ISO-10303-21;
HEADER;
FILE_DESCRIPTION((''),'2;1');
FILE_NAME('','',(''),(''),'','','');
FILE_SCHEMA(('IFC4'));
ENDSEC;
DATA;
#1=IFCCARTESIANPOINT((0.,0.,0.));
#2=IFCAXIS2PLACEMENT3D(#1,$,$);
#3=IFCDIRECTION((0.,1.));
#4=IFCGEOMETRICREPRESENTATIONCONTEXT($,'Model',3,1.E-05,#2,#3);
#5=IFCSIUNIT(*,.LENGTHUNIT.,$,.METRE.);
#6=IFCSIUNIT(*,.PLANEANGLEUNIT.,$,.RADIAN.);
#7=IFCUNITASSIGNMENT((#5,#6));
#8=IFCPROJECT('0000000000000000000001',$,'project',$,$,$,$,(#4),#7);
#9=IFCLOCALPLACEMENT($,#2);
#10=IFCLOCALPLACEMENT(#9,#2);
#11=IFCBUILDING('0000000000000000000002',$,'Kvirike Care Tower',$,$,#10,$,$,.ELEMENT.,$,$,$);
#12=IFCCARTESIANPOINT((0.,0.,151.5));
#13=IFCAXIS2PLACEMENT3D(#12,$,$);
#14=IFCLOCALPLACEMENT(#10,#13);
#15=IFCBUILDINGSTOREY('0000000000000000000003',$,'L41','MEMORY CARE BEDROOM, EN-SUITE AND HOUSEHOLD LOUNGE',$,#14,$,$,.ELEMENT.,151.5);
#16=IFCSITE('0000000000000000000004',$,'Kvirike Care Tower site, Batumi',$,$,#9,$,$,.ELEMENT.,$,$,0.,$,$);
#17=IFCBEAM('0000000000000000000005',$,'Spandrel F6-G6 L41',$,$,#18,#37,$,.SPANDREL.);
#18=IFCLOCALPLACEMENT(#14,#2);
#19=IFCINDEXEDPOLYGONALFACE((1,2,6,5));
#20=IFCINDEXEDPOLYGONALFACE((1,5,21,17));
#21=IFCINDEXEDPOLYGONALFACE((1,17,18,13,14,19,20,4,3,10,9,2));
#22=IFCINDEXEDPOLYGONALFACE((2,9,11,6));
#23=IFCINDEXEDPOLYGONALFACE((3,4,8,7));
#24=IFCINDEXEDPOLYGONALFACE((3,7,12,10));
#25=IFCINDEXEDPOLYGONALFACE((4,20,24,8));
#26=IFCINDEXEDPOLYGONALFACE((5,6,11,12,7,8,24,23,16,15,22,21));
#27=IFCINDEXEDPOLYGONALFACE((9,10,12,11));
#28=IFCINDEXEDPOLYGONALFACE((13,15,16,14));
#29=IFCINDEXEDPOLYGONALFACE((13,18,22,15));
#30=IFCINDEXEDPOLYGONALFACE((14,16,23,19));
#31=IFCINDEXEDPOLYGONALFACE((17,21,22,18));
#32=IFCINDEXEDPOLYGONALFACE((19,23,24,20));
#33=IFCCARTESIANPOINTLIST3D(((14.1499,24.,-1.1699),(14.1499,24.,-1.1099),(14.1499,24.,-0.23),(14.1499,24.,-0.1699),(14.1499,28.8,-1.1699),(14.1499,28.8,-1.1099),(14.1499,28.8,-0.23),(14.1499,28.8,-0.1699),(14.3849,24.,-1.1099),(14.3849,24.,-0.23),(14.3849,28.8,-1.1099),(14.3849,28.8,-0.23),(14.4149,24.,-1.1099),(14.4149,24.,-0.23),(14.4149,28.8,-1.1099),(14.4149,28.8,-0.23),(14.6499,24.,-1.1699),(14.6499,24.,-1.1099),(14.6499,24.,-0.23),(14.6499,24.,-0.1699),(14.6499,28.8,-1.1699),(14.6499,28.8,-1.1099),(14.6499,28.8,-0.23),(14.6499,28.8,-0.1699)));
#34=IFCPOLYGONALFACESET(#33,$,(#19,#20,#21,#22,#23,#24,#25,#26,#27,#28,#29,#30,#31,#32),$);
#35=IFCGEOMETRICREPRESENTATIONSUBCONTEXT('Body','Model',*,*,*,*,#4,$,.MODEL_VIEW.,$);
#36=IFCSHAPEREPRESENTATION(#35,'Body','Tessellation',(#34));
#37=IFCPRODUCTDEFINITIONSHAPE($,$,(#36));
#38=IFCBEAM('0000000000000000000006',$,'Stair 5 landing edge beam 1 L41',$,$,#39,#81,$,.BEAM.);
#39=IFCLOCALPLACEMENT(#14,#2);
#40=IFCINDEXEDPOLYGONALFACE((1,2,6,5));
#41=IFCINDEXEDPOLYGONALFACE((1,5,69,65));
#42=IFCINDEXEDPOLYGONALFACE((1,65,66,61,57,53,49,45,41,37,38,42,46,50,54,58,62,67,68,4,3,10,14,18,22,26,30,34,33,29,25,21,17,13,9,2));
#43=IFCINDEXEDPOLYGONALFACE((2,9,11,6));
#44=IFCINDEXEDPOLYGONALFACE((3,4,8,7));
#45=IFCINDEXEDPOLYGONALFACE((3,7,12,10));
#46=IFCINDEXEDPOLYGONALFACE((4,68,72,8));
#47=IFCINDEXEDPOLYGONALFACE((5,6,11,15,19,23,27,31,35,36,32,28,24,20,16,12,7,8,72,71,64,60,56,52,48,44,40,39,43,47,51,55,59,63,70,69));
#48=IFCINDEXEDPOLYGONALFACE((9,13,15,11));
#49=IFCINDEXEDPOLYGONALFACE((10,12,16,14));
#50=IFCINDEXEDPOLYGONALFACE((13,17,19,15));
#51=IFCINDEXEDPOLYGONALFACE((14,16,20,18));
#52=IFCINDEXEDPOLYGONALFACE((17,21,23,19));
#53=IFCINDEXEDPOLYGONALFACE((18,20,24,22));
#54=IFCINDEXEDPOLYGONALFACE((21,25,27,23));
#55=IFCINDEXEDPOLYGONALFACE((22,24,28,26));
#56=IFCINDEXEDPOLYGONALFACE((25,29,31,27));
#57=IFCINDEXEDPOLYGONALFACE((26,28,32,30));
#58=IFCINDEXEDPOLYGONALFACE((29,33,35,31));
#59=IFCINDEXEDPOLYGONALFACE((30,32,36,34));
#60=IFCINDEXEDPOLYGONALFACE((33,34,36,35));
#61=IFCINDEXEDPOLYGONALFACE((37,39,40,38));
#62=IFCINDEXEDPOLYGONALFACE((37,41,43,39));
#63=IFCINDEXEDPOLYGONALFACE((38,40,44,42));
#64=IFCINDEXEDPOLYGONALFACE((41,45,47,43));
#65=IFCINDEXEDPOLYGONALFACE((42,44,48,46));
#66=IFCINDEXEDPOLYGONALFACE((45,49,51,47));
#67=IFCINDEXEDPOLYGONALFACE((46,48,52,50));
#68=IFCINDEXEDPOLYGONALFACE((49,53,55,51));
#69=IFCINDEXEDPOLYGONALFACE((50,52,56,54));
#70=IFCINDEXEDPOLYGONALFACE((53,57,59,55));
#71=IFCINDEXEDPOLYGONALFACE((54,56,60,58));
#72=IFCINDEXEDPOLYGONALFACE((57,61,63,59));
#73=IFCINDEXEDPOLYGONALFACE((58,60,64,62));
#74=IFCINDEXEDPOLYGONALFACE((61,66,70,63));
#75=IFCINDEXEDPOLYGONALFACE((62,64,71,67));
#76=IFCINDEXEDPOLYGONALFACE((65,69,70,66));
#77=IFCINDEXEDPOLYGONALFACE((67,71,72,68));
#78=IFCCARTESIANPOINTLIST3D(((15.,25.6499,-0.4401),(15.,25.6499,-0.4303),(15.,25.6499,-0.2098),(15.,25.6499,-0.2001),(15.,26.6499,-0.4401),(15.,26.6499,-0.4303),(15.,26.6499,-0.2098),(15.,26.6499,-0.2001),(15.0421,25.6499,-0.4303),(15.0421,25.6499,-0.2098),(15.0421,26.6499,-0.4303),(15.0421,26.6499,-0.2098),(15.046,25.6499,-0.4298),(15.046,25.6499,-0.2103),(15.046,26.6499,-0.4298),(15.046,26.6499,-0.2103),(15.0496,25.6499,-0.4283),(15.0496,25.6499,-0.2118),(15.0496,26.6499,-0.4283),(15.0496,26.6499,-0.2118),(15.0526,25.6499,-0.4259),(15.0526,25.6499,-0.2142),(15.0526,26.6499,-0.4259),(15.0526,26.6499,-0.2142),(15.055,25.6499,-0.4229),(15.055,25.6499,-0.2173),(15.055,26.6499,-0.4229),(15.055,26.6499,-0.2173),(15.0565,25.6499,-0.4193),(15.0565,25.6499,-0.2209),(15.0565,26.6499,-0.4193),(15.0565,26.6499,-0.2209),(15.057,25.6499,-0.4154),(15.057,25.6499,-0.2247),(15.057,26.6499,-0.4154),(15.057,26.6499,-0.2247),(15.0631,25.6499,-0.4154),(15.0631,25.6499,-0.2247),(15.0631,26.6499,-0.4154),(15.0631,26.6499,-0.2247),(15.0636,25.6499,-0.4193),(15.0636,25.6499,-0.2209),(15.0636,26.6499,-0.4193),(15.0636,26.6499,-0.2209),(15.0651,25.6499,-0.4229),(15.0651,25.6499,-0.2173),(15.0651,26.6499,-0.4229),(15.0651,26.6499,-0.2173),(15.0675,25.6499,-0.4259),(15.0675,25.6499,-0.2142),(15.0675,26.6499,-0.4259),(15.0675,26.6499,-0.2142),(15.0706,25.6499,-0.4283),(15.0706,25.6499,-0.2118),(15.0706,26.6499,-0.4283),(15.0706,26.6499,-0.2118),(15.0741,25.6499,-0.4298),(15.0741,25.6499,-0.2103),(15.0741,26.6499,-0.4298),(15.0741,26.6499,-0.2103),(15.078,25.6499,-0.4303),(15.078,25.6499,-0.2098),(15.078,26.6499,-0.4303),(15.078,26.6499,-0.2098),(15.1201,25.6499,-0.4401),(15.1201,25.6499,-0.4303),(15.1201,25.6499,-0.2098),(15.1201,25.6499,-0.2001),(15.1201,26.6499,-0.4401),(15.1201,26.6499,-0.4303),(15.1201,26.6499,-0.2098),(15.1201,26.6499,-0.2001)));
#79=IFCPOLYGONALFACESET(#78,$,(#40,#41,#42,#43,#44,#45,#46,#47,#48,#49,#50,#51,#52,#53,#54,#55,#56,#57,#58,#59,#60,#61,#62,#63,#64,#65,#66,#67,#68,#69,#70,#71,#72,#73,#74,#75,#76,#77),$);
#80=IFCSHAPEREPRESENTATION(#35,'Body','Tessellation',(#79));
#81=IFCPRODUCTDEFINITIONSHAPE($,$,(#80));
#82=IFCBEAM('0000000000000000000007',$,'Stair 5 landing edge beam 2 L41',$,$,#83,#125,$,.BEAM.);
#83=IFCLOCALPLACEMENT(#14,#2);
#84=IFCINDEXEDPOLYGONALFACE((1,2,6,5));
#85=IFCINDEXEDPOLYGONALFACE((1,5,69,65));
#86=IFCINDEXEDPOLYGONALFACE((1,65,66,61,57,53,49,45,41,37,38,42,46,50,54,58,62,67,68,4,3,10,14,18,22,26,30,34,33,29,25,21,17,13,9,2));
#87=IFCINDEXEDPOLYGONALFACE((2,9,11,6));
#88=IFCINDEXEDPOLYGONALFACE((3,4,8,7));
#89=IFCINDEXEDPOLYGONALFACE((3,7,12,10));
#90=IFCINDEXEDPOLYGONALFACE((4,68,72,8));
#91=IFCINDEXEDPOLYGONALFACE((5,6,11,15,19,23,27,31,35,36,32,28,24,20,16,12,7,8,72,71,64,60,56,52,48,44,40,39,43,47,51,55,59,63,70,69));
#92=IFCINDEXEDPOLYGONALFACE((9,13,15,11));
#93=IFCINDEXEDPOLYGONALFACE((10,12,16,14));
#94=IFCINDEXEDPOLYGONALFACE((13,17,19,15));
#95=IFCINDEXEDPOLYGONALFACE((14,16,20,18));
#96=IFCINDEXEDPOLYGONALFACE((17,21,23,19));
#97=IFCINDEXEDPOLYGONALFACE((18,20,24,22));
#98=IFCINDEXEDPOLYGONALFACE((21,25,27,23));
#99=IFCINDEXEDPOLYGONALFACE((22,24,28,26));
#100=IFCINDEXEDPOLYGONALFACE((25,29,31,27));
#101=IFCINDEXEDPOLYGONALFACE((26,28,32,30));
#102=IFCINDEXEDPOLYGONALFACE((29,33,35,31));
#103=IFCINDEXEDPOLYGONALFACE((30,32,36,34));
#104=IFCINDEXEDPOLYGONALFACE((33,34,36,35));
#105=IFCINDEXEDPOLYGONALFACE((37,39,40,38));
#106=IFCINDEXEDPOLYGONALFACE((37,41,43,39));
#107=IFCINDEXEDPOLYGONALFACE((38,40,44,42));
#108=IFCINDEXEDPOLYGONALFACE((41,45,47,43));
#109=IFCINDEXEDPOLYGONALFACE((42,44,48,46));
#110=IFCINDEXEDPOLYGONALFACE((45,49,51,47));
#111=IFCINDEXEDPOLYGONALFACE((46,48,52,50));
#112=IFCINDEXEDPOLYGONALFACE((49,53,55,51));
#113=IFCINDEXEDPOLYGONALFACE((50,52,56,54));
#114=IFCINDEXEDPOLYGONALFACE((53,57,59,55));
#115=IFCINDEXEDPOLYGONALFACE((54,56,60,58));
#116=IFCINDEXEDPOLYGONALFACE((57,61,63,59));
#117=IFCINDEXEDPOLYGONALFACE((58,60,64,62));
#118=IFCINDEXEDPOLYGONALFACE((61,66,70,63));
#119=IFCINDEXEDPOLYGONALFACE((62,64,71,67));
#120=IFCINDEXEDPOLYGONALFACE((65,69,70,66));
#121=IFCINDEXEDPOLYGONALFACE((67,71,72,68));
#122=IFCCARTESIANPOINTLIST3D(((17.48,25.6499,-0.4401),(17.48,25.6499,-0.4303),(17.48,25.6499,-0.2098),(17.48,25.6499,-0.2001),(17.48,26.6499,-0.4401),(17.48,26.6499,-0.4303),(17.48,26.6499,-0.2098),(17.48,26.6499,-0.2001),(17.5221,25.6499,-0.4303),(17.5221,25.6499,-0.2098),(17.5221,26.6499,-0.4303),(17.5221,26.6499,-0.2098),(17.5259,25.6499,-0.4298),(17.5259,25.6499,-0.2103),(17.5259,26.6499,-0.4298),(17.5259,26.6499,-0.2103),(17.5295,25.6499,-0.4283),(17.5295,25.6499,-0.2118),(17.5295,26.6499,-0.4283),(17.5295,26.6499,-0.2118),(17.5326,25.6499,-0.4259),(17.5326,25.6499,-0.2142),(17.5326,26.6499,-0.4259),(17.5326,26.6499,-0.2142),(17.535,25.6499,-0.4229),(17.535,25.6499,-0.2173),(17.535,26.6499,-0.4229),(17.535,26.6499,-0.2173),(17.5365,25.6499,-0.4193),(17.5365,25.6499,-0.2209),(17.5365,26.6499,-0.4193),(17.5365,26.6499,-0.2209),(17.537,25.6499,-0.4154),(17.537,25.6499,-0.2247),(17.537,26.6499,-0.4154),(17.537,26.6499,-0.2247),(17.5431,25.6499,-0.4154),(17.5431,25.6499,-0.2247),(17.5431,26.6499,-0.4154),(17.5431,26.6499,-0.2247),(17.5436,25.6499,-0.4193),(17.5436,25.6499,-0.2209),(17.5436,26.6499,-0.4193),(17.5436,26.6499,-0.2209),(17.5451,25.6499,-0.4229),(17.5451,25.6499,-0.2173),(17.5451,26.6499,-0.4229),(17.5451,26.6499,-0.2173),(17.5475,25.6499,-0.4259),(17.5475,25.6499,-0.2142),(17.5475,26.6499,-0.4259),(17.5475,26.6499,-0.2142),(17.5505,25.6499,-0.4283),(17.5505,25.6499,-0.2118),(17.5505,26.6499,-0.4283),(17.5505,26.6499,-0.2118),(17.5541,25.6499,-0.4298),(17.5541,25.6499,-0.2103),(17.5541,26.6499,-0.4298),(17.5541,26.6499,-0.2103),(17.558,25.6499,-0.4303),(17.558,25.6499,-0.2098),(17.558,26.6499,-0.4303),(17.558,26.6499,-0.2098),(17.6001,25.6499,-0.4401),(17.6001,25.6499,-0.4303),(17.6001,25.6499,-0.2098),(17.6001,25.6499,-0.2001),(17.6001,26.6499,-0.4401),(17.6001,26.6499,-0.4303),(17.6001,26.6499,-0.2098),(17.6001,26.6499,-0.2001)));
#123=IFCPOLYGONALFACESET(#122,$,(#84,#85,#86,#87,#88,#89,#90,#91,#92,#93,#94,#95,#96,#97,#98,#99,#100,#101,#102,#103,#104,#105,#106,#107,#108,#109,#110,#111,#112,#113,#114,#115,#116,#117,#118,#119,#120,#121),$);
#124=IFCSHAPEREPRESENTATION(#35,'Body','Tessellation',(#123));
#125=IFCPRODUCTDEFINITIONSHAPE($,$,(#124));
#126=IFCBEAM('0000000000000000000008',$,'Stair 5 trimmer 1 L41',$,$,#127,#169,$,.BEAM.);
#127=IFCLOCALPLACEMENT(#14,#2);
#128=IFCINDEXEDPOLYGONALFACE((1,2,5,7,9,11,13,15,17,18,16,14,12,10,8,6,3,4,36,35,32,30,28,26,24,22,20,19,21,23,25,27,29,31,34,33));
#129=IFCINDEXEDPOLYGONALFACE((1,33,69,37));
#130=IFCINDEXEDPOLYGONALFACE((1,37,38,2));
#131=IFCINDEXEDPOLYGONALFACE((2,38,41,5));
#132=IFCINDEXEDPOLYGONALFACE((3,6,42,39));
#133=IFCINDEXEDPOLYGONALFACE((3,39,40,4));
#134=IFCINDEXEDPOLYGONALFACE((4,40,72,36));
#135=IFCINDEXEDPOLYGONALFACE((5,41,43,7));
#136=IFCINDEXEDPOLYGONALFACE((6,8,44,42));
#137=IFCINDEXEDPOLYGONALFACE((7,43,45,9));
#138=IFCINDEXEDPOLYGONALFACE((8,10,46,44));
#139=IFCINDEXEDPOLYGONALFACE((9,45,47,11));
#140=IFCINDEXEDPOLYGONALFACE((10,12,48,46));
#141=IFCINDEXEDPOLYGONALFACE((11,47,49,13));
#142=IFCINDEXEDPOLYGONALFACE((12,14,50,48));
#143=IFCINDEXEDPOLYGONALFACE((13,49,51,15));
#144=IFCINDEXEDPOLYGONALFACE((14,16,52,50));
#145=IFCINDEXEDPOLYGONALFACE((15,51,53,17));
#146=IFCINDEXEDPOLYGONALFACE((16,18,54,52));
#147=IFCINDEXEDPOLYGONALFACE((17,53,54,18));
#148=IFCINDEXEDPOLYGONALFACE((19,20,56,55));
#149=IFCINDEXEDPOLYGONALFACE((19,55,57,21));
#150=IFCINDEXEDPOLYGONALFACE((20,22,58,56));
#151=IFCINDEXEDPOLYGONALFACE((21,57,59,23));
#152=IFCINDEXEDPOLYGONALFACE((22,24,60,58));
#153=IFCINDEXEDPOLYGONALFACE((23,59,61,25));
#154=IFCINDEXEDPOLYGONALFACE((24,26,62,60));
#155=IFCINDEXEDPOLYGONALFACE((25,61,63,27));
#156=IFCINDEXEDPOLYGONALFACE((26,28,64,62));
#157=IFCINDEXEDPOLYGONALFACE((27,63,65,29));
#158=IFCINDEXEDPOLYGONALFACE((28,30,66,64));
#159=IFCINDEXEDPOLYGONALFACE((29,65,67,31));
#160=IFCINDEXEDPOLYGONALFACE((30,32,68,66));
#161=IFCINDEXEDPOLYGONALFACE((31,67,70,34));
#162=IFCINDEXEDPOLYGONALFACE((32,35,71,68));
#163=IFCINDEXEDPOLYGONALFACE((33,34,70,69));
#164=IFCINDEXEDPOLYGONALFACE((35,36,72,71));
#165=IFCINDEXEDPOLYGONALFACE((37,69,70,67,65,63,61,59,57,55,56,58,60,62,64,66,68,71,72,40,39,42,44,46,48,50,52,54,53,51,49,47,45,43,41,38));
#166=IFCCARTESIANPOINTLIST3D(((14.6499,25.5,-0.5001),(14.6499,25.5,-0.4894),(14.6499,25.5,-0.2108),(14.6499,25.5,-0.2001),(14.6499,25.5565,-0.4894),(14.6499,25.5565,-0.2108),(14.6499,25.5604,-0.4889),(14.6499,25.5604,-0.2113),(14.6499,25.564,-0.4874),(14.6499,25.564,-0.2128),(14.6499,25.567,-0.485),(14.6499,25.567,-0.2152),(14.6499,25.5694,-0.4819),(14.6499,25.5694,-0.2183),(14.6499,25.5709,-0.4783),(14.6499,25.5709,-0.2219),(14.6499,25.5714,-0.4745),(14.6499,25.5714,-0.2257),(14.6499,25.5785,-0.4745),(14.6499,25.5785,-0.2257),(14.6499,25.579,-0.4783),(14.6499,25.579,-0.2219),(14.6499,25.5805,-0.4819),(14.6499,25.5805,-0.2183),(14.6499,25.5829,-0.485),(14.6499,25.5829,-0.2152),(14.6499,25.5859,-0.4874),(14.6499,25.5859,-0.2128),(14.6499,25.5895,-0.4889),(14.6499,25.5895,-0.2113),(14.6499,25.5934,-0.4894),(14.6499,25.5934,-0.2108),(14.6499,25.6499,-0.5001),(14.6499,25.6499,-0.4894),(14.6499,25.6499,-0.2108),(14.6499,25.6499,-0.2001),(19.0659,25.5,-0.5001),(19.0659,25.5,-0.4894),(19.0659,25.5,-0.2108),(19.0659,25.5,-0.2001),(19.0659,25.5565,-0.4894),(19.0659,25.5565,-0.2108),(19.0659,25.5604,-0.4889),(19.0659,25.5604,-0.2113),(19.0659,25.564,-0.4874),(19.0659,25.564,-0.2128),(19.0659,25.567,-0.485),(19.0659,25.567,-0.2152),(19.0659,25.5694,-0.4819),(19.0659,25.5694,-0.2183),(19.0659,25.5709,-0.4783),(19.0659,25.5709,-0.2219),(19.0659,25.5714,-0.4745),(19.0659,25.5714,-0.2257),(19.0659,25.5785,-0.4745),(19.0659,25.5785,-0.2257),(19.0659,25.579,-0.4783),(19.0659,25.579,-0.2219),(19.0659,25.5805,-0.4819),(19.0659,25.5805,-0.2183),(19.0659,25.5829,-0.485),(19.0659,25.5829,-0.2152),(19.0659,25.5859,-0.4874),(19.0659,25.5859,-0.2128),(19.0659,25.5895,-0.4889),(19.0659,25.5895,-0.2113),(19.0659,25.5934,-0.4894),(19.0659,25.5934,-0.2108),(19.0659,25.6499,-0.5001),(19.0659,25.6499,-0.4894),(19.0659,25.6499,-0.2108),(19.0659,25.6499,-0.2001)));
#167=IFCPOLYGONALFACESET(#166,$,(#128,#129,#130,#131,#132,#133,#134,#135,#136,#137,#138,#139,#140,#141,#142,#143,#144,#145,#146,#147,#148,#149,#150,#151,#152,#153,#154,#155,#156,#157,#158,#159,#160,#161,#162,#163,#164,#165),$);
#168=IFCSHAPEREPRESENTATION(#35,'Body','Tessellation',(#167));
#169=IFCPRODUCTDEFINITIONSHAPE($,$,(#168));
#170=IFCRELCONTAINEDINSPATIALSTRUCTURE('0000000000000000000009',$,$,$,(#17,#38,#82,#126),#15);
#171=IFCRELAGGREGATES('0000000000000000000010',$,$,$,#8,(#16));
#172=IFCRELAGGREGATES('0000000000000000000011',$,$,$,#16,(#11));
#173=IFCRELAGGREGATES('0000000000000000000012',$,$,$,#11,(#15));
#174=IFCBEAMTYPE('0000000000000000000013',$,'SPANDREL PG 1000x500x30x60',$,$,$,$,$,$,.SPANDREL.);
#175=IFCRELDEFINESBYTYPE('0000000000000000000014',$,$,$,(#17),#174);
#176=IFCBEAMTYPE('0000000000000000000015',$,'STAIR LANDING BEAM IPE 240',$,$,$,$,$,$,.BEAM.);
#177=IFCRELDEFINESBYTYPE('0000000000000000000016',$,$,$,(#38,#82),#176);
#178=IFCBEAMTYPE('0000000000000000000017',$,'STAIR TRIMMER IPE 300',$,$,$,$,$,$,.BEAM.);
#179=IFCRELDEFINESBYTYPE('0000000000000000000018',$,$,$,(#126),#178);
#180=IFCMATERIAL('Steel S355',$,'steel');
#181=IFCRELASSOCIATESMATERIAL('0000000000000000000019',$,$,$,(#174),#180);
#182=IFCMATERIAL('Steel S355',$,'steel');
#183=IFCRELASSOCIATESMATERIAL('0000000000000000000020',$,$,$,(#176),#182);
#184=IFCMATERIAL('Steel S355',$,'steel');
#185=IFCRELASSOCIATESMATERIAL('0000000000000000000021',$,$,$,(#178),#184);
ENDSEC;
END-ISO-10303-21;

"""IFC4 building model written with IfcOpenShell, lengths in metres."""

from ifc_helpers import new_model, si_unit, direction, frame, origin, origin_2d, place, context, subcontext, project, spatial, i_section, extrude, material, material_profile, profile_set, type_object, element, save


model = new_model("IFC4")

# Units and contexts
model_context = context("Model", 3, precision=1e-05, world=origin(), true_north=direction((0.0, 1.0)))
body_context = subcontext(model_context, "Body", "Model", "MODEL_VIEW")
ifc_project = project(units=[si_unit("LENGTHUNIT", "METRE"), si_unit("PLANEANGLEUNIT", "RADIAN")], contexts=[model_context])

# Site, building, storey
site_placement = place(None, origin())
site = spatial("IfcSite", under=ifc_project, at=site_placement, Name="Kvirike Care Tower site, Batumi", CompositionType="ELEMENT", RefElevation=0.0)
building_placement = place(site_placement, origin())
building = spatial("IfcBuilding", under=site, at=building_placement, Name="Kvirike Care Tower", CompositionType="ELEMENT")
storey_placement = place(building_placement, frame((0.0, 0.0, 151.5)))
storey = spatial("IfcBuildingStorey", under=building, at=storey_placement, Name="L41", Description="MEMORY CARE BEDROOM, EN-SUITE AND HOUSEHOLD LOUNGE", CompositionType="ELEMENT", Elevation=151.5)

# Beams
ifc_material_1 = material(Name="Steel S355", Category="steel")
ifc_material_profile_1 = material_profile(ifc_material_1, i_section(OverallWidth=0.5, OverallDepth=1.0, WebThickness=0.03, FlangeThickness=0.0601, at=origin_2d()), Name="PG 1000x500x30x60")
ifc_profile_set_1 = profile_set([ifc_material_profile_1], Name="Steel S355")
beam_type_1 = type_object("IfcBeamType", Name="SPANDREL PG 1000x500x30x60", PredefinedType="SPANDREL", material=ifc_profile_set_1)
beam_1_placement = place(storey_placement, frame((14.3999, 24.0, -0.6699), z_axis=(0.0, 1.0, 0.0), x_axis=(-1.0, 0.0, 0.0)))
element("IfcBeam", 1, at=beam_1_placement, inside=storey, type_object=beam_type_1, Name="Spandrel F6-G6 L41", PredefinedType="SPANDREL", context=body_context, shape_type="SweptSolid", body=[
    extrude(i_section(OverallWidth=0.5, OverallDepth=1.0, WebThickness=0.03, FlangeThickness=0.0601, at=origin_2d()), origin(), (0.0, 0.0, 1.0), 4.8),
])
ifc_material_2 = material(Name="Steel S355", Category="steel")
ifc_material_profile_2 = material_profile(ifc_material_2, i_section(OverallWidth=0.1201, OverallDepth=0.24, WebThickness=0.0061, FlangeThickness=0.0098, FilletRadius=0.0149, at=origin_2d()), Name="IPE 240")
ifc_profile_set_2 = profile_set([ifc_material_profile_2], Name="Steel S355")
beam_type_2 = type_object("IfcBeamType", Name="STAIR LANDING BEAM IPE 240", PredefinedType="BEAM", material=ifc_profile_set_2)
for number, where, z_axis, x_axis, name in (
    (2, (15.0601, 25.6499, -0.3201), (0.0, 1.0, 0.0), (-1.0, 0.0, 0.0), "Stair 5 landing edge beam 1 L41"),
    (3, (17.54, 25.6499, -0.3201), (0.0, 1.0, 0.0), (-1.0, 0.0, 0.0), "Stair 5 landing edge beam 2 L41"),
):
    element("IfcBeam", number, at=place(storey_placement, frame(where, z_axis=z_axis, x_axis=x_axis)), inside=storey, type_object=beam_type_2, Name=name, PredefinedType="BEAM", context=body_context, shape_type="SweptSolid", body=[
        extrude(i_section(OverallWidth=0.1201, OverallDepth=0.24, WebThickness=0.0061, FlangeThickness=0.0098, FilletRadius=0.0149, at=origin_2d()), origin(), (0.0, 0.0, 1.0), 1.0),
    ])
ifc_material_3 = material(Name="Steel S355", Category="steel")
ifc_material_profile_3 = material_profile(ifc_material_3, i_section(OverallWidth=0.1499, OverallDepth=0.3, WebThickness=0.0071, FlangeThickness=0.0107, FilletRadius=0.0149, at=origin_2d()), Name="IPE 300")
ifc_profile_set_3 = profile_set([ifc_material_profile_3], Name="Steel S355")
beam_type_3 = type_object("IfcBeamType", Name="STAIR TRIMMER IPE 300", PredefinedType="BEAM", material=ifc_profile_set_3)
for number, where, z_axis, x_axis, name in (
    (4, (14.6499, 25.575, -0.3501), (1.0, 0.0, 0.0), (0.0, 1.0, 0.0), "Stair 5 trimmer 1 L41"),
):
    element("IfcBeam", number, at=place(storey_placement, frame(where, z_axis=z_axis, x_axis=x_axis)), inside=storey, type_object=beam_type_3, Name=name, PredefinedType="BEAM", context=body_context, shape_type="SweptSolid", body=[
        extrude(i_section(OverallWidth=0.1499, OverallDepth=0.3, WebThickness=0.0071, FlangeThickness=0.0107, FilletRadius=0.0149, at=origin_2d()), origin(), (0.0, 0.0, 1.0), 4.416),
    ])

save(model, "model.ifc")
